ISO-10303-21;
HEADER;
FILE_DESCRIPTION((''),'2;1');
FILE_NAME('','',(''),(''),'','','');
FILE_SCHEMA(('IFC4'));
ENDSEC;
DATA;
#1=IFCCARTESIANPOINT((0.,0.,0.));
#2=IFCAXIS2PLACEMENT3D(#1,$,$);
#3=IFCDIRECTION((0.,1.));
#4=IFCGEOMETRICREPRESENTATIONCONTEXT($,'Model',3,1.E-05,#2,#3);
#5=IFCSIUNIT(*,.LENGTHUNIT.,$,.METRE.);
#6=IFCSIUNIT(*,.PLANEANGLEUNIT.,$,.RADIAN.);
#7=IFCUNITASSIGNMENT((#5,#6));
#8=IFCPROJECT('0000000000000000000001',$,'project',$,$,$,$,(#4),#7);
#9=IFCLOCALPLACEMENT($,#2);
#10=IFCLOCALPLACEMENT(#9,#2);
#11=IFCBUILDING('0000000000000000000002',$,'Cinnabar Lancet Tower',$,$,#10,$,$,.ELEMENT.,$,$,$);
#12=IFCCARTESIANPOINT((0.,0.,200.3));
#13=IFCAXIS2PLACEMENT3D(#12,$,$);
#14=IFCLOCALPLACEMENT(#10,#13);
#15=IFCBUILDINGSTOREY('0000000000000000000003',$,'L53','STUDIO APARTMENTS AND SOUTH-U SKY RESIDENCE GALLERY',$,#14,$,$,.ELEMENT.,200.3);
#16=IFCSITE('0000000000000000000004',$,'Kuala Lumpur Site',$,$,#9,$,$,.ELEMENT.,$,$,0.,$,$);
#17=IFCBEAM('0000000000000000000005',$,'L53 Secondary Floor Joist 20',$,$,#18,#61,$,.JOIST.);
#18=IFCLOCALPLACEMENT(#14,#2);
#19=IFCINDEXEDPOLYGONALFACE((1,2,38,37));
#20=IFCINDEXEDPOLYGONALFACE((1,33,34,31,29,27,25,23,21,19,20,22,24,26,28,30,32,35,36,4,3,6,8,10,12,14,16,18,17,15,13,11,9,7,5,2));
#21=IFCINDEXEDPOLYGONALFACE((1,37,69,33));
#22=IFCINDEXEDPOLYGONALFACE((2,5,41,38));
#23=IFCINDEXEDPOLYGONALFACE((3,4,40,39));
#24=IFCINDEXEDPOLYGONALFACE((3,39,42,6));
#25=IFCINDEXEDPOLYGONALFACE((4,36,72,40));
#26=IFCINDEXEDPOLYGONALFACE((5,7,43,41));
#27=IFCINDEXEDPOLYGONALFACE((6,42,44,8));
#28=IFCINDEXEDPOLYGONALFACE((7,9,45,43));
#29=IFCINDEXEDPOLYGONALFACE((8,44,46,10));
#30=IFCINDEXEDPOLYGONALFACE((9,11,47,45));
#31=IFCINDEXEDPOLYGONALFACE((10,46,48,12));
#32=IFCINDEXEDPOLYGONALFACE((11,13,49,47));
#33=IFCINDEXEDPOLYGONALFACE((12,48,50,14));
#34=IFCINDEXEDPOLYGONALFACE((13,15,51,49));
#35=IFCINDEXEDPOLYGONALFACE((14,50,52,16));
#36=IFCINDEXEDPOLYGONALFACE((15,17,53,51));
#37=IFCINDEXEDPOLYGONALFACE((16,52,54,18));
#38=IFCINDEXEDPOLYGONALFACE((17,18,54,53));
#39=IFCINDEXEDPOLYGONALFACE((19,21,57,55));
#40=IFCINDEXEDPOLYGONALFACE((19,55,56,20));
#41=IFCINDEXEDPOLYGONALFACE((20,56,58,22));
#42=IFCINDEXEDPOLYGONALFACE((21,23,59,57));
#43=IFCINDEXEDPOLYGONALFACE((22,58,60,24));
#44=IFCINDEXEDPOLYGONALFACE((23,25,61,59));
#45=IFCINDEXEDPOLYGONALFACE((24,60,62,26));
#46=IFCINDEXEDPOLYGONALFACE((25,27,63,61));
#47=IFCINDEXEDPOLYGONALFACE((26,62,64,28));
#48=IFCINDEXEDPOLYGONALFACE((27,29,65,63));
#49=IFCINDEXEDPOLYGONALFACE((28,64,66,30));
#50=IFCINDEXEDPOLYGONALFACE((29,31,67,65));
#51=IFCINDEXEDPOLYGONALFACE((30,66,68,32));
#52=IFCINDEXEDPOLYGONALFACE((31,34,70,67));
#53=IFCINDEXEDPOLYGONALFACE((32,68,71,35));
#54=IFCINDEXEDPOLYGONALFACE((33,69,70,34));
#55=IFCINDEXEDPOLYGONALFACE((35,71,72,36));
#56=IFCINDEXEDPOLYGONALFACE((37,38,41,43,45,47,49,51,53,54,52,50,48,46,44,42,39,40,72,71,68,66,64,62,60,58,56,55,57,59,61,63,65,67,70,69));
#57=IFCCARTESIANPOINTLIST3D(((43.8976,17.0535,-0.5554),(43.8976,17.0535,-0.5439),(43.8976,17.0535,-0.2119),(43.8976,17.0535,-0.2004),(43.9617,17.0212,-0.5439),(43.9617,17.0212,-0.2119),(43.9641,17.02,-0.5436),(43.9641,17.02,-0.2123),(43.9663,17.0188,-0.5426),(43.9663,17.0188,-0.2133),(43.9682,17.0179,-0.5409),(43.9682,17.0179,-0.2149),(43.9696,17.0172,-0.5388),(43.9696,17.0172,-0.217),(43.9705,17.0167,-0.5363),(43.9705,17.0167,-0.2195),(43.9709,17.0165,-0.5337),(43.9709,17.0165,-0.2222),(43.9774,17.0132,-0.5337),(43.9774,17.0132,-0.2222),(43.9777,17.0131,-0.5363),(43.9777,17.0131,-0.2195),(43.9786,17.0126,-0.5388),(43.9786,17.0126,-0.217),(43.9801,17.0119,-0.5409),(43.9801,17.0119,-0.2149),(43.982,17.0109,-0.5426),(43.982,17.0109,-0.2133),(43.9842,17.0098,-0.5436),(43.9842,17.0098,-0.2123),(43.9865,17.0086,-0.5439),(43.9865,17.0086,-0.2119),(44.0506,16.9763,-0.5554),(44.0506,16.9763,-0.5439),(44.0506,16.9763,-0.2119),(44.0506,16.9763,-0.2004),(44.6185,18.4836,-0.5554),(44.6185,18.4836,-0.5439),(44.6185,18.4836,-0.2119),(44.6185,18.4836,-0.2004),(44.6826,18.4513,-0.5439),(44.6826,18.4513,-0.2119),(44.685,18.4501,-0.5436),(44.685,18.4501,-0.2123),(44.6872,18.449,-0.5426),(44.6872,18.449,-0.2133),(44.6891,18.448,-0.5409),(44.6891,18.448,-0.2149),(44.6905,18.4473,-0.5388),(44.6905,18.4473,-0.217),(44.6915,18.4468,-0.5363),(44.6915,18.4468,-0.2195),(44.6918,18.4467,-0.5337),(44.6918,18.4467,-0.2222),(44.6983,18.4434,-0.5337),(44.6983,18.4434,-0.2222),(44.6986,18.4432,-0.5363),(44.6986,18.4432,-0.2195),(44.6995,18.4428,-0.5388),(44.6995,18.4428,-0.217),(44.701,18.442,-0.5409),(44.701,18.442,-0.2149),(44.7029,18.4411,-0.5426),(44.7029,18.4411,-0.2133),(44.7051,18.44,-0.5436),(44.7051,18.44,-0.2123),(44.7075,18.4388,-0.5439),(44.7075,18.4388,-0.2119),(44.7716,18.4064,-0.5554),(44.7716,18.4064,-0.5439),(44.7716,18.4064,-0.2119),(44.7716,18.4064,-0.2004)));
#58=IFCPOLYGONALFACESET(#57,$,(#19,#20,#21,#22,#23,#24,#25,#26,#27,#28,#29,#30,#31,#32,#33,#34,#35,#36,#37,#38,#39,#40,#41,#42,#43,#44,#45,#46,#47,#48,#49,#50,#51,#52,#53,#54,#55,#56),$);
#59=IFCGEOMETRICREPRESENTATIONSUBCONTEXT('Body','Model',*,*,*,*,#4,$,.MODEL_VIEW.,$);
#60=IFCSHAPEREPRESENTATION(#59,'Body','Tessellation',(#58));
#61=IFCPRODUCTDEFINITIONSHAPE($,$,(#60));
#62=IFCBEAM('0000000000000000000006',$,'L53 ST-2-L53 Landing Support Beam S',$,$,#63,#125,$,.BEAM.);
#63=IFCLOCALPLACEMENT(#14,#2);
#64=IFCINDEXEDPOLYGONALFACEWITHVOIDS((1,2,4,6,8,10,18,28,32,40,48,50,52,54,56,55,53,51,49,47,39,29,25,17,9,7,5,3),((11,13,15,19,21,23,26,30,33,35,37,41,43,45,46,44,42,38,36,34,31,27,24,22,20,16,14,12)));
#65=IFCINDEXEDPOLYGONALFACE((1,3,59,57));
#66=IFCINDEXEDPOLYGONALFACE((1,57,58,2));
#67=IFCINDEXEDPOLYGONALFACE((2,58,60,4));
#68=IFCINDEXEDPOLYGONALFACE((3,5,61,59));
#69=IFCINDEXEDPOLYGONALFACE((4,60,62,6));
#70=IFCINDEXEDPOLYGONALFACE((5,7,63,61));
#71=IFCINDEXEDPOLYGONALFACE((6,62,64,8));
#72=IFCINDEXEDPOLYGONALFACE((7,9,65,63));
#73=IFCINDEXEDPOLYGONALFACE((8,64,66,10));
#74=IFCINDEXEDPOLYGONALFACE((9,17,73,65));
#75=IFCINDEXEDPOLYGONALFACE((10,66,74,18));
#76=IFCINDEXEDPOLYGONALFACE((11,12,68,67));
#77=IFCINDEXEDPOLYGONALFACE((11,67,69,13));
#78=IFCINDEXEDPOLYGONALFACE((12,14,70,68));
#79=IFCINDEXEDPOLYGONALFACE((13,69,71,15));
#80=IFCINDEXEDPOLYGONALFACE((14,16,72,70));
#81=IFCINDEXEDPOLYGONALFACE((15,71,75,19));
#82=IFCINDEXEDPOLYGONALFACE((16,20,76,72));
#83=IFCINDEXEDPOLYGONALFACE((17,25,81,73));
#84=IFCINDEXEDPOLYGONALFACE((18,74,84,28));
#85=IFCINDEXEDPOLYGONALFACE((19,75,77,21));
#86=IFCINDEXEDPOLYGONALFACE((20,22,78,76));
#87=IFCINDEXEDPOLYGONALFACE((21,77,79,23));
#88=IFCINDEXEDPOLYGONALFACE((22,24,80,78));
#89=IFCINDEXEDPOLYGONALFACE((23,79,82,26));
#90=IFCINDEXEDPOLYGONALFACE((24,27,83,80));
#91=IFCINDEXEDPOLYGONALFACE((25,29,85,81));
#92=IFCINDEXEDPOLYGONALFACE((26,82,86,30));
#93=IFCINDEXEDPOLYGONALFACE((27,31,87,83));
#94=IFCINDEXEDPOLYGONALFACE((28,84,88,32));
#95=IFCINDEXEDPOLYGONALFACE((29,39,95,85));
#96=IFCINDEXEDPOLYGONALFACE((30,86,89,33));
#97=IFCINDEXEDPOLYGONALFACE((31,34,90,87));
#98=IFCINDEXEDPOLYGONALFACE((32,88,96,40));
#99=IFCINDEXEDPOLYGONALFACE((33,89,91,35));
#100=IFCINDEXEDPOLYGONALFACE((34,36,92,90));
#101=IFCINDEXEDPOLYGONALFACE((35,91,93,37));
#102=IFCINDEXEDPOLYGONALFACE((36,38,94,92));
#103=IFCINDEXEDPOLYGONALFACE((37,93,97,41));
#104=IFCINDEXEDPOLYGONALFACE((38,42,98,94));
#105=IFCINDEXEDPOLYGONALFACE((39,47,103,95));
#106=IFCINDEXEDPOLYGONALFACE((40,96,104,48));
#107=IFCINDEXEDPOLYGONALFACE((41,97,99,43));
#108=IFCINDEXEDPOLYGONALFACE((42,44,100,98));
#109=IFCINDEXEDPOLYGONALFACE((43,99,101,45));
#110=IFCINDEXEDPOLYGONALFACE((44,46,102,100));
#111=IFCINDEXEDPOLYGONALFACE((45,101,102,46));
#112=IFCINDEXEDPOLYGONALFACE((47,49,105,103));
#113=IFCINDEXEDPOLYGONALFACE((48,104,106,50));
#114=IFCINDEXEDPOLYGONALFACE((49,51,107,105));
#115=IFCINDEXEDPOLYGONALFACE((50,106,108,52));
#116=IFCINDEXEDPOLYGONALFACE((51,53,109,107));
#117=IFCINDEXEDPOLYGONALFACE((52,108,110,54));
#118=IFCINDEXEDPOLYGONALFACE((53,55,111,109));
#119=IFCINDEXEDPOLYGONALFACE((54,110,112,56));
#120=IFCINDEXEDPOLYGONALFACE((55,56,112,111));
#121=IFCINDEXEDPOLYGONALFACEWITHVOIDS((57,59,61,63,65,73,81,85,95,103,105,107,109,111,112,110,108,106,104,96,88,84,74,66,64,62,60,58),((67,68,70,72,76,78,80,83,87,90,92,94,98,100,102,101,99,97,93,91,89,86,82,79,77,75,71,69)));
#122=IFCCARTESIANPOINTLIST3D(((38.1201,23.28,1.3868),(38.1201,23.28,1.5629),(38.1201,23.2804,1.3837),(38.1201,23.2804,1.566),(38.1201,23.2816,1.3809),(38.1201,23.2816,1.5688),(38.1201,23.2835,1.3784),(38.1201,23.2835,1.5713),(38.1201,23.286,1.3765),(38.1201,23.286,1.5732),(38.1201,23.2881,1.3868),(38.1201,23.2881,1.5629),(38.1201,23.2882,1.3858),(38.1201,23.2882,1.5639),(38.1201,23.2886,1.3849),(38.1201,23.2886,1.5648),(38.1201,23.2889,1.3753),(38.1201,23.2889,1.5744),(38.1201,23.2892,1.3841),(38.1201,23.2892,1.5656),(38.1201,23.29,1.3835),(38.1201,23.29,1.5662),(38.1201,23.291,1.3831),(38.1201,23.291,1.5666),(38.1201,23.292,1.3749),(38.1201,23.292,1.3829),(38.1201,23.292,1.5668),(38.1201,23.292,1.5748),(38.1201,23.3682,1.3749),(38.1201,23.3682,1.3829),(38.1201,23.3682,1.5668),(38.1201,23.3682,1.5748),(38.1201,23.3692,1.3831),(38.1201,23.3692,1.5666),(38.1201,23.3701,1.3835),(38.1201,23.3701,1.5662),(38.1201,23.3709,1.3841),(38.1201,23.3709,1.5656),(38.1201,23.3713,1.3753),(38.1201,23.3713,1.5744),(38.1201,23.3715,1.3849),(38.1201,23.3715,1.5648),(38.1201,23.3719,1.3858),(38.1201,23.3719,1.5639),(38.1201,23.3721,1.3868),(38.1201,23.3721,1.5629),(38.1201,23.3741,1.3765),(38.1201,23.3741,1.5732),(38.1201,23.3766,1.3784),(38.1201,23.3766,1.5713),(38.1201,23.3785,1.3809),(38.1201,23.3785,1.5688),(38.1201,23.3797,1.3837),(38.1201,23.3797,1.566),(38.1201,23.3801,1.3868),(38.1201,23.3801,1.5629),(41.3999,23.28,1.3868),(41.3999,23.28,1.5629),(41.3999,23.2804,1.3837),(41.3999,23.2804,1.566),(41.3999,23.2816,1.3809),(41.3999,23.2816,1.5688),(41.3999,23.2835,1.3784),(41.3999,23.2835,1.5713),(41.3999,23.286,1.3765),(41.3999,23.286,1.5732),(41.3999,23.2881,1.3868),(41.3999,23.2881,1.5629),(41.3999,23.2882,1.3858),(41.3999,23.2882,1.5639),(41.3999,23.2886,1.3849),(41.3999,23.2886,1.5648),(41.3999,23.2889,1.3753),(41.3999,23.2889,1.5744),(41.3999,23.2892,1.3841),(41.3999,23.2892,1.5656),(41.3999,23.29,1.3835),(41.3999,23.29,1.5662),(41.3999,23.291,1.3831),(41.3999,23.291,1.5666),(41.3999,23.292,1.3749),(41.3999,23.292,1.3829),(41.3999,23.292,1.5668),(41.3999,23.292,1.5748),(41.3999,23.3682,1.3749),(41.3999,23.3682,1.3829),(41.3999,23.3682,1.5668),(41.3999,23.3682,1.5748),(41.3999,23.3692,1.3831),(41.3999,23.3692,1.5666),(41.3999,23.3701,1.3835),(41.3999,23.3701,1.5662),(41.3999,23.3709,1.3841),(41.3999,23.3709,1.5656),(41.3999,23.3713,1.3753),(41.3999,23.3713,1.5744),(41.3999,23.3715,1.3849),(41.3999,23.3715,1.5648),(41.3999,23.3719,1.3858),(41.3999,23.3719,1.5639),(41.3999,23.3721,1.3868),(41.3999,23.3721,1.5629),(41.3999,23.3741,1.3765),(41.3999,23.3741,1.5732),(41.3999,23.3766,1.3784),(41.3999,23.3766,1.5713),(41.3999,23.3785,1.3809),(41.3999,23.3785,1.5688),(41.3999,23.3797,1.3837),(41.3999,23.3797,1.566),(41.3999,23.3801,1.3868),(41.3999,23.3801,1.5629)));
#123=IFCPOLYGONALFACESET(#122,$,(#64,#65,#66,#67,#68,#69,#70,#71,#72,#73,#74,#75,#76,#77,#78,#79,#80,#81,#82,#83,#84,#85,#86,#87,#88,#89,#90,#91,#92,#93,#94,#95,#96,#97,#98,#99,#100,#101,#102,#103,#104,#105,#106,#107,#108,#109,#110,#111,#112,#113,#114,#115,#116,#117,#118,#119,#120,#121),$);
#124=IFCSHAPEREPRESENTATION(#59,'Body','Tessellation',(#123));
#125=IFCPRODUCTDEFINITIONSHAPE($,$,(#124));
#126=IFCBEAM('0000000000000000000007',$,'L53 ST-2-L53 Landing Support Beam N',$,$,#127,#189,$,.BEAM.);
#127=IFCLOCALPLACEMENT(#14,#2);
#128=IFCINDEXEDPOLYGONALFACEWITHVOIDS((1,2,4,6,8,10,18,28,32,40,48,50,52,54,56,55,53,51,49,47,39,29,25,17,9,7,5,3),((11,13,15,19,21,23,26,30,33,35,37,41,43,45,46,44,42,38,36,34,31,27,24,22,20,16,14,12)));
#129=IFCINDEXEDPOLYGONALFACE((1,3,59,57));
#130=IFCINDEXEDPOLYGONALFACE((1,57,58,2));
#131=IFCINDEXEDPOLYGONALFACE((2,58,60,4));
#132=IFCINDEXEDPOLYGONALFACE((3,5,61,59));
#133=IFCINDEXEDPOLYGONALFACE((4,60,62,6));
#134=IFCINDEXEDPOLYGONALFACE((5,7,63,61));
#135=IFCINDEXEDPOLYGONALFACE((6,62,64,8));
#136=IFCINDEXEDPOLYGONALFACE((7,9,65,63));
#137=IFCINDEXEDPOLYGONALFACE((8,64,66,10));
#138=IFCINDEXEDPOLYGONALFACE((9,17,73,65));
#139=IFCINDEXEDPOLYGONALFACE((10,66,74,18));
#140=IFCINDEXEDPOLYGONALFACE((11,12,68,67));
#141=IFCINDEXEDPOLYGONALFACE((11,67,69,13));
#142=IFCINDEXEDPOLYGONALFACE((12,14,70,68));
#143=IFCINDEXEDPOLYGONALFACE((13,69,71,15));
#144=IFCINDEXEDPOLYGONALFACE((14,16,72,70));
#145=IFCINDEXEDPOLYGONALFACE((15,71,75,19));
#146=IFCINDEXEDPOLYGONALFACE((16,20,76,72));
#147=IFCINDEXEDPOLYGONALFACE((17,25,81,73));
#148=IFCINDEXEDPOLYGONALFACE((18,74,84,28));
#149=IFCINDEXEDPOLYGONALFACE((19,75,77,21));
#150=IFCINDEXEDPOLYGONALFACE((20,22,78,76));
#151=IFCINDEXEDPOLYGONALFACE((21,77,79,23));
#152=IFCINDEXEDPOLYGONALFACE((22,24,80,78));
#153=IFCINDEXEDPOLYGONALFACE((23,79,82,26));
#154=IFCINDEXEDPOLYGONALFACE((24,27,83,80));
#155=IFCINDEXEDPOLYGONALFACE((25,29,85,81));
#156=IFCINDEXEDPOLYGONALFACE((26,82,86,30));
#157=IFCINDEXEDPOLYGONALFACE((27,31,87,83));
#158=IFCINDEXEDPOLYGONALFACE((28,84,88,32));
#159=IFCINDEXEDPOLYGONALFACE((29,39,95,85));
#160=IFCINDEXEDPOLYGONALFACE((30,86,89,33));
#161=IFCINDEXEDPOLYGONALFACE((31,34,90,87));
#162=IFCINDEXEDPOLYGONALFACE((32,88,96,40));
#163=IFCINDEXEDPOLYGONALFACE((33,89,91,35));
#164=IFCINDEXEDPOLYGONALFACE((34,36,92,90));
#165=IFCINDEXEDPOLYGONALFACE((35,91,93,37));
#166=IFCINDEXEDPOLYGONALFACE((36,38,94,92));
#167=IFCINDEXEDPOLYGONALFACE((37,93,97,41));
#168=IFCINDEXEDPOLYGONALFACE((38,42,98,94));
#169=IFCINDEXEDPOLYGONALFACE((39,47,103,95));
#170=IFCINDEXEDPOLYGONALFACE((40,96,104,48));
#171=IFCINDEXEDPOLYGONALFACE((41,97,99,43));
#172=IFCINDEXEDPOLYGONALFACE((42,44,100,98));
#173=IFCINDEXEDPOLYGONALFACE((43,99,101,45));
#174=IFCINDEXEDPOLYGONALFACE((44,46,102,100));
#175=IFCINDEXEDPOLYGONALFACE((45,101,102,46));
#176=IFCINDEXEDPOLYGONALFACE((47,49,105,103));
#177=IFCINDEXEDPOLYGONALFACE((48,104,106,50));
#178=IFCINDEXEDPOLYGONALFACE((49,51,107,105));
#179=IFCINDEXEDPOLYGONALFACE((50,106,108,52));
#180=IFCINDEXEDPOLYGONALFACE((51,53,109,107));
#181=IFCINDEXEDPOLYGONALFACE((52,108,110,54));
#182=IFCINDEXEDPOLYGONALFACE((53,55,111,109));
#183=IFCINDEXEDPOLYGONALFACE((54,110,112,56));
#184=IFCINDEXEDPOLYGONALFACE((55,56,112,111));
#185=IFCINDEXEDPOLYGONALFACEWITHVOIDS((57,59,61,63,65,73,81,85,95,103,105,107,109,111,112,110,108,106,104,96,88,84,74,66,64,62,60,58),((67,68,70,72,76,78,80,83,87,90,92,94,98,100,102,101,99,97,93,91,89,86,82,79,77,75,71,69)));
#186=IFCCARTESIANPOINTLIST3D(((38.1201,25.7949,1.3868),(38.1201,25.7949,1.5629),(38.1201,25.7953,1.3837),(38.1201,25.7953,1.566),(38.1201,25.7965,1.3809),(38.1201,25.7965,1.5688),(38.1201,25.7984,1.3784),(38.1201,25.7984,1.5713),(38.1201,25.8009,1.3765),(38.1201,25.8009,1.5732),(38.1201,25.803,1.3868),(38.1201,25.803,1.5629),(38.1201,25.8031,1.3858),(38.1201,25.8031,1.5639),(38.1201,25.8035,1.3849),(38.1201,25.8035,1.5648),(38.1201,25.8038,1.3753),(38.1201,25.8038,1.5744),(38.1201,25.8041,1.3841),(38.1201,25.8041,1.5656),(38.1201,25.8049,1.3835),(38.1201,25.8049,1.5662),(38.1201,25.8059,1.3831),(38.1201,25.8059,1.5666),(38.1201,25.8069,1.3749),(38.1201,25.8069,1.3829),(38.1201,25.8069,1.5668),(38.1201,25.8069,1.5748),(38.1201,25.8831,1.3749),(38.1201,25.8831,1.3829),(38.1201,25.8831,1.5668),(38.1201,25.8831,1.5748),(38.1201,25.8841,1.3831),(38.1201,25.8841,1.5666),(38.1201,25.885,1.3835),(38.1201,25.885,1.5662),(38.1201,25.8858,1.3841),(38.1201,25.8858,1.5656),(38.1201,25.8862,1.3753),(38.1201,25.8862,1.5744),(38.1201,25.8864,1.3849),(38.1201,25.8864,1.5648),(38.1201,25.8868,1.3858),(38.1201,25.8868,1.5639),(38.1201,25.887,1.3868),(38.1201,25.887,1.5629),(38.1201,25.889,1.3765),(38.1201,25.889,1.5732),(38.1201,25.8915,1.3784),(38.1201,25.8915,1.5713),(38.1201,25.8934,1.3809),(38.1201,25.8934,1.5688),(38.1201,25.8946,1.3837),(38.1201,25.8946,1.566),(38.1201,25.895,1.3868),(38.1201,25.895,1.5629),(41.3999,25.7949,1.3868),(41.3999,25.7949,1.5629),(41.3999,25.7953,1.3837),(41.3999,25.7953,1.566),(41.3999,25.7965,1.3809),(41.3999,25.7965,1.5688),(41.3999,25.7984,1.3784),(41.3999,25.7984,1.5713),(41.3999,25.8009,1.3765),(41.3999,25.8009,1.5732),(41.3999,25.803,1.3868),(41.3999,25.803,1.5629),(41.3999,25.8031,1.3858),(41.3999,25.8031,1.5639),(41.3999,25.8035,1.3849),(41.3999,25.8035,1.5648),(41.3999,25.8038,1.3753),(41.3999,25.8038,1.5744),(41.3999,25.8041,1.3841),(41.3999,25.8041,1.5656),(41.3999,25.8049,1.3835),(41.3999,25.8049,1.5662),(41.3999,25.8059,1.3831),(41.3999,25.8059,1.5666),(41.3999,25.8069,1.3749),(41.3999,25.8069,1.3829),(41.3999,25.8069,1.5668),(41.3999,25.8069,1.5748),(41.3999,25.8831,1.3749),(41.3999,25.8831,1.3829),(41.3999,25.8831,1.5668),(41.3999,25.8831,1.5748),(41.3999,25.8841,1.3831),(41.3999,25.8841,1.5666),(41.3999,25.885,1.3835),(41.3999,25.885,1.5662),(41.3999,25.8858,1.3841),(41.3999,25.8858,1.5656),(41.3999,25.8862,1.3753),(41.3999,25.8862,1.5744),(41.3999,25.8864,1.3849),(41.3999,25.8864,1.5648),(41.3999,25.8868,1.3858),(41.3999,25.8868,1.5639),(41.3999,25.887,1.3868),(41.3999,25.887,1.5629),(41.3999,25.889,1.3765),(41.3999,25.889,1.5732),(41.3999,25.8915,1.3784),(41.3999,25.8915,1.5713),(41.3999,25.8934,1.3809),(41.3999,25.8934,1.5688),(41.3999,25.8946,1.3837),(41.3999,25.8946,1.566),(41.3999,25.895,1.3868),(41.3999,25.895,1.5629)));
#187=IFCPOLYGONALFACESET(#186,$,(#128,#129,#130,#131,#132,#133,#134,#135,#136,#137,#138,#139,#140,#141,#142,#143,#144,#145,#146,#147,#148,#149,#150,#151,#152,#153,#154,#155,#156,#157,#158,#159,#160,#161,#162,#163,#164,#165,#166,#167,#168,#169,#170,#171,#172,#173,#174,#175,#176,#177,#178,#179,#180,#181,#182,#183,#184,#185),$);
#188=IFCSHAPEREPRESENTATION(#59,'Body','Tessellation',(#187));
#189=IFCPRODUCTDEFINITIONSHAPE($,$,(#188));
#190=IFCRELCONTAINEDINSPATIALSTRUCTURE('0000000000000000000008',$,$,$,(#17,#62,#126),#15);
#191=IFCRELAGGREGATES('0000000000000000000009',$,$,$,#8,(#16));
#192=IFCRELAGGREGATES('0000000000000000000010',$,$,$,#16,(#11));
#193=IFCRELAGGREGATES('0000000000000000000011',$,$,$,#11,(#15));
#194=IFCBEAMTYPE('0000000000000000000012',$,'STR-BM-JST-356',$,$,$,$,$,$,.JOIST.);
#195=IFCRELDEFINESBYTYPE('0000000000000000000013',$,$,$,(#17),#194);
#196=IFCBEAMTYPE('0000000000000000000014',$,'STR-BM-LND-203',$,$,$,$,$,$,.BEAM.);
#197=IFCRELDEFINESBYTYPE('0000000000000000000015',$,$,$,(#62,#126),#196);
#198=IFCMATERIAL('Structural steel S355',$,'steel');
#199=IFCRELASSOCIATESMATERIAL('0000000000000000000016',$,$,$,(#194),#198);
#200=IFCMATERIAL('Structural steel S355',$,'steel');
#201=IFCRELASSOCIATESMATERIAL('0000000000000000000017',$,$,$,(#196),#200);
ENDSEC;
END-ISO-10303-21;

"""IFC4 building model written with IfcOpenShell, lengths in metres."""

from ifc_helpers import new_model, si_unit, direction, frame, origin, origin_2d, place, context, subcontext, project, spatial, hollow_rectangle, i_section, extrude, material, material_profile, profile_set, type_object, element, save


model = new_model("IFC4")

# Units and contexts
model_context = context("Model", 3, precision=1e-05, world=origin(), true_north=direction((0.0, 1.0)))
body_context = subcontext(model_context, "Body", "Model", "MODEL_VIEW")
ifc_project = project(units=[si_unit("LENGTHUNIT", "METRE"), si_unit("PLANEANGLEUNIT", "RADIAN")], contexts=[model_context])

# Site, building, storey
site_placement = place(None, origin())
site = spatial("IfcSite", under=ifc_project, at=site_placement, Name="Kuala Lumpur Site", CompositionType="ELEMENT", RefElevation=0.0)
building_placement = place(site_placement, origin())
building = spatial("IfcBuilding", under=site, at=building_placement, Name="Cinnabar Lancet Tower", CompositionType="ELEMENT")
storey_placement = place(building_placement, frame((0.0, 0.0, 200.3)))
storey = spatial("IfcBuildingStorey", under=building, at=storey_placement, Name="L53", Description="STUDIO APARTMENTS AND SOUTH-U SKY RESIDENCE GALLERY", CompositionType="ELEMENT", Elevation=200.3)

# Beams
ifc_material_1 = material(Name="Structural steel S355", Category="steel")
ifc_material_profile_1 = material_profile(ifc_material_1, i_section(OverallWidth=0.1714, OverallDepth=0.355, WebThickness=0.0073, FlangeThickness=0.0115, FilletRadius=0.0103, at=origin_2d()), Name="UKB 356x171x51")
ifc_profile_set_1 = profile_set([ifc_material_profile_1], Name="Structural steel S355")
beam_type_1 = type_object("IfcBeamType", Name="STR-BM-JST-356", PredefinedType="JOIST", material=ifc_profile_set_1)
beam_1_placement = place(storey_placement, frame((43.9741, 17.0149, -0.3779), z_axis=(0.450138, 0.892959, 0.0), x_axis=(-0.892959, 0.450138, 0.0)))
element("IfcBeam", 1, at=beam_1_placement, inside=storey, type_object=beam_type_1, Name="L53 Secondary Floor Joist 20", PredefinedType="JOIST", context=body_context, shape_type="SweptSolid", body=[
    extrude(i_section(OverallWidth=0.1714, OverallDepth=0.355, WebThickness=0.0073, FlangeThickness=0.0115, FilletRadius=0.0103, at=origin_2d()), origin(), (0.0, 0.0, 1.0), 1.6016),
])
ifc_material_2 = material(Name="Structural steel S355", Category="steel")
ifc_material_profile_2 = material_profile(ifc_material_2, hollow_rectangle(XDim=0.1001, YDim=0.2, WallThickness=0.0081, InnerFilletRadius=0.0039, OuterFilletRadius=0.012, at=origin_2d()), Name="RHS 200x100x8")
ifc_profile_set_2 = profile_set([ifc_material_profile_2], Name="Structural steel S355")
beam_type_2 = type_object("IfcBeamType", Name="STR-BM-LND-203", PredefinedType="BEAM", material=ifc_profile_set_2)
for number, where, z_axis, x_axis, name in (
    (2, (38.1201, 23.3301, 1.4749), (1.0, 0.0, 0.0), (0.0, 1.0, 0.0), "L53 ST-2-L53 Landing Support Beam S"),
    (3, (38.1201, 25.845, 1.4749), (1.0, 0.0, 0.0), (0.0, 1.0, 0.0), "L53 ST-2-L53 Landing Support Beam N"),
):
    element("IfcBeam", number, at=place(storey_placement, frame(where, z_axis=z_axis, x_axis=x_axis)), inside=storey, type_object=beam_type_2, Name=name, PredefinedType="BEAM", context=body_context, shape_type="SweptSolid", body=[
        extrude(hollow_rectangle(XDim=0.1001, YDim=0.2, WallThickness=0.0081, InnerFilletRadius=0.0039, OuterFilletRadius=0.012, at=origin_2d()), origin(), (0.0, 0.0, 1.0), 3.2798),
    ])

save(model, "model.ifc")
